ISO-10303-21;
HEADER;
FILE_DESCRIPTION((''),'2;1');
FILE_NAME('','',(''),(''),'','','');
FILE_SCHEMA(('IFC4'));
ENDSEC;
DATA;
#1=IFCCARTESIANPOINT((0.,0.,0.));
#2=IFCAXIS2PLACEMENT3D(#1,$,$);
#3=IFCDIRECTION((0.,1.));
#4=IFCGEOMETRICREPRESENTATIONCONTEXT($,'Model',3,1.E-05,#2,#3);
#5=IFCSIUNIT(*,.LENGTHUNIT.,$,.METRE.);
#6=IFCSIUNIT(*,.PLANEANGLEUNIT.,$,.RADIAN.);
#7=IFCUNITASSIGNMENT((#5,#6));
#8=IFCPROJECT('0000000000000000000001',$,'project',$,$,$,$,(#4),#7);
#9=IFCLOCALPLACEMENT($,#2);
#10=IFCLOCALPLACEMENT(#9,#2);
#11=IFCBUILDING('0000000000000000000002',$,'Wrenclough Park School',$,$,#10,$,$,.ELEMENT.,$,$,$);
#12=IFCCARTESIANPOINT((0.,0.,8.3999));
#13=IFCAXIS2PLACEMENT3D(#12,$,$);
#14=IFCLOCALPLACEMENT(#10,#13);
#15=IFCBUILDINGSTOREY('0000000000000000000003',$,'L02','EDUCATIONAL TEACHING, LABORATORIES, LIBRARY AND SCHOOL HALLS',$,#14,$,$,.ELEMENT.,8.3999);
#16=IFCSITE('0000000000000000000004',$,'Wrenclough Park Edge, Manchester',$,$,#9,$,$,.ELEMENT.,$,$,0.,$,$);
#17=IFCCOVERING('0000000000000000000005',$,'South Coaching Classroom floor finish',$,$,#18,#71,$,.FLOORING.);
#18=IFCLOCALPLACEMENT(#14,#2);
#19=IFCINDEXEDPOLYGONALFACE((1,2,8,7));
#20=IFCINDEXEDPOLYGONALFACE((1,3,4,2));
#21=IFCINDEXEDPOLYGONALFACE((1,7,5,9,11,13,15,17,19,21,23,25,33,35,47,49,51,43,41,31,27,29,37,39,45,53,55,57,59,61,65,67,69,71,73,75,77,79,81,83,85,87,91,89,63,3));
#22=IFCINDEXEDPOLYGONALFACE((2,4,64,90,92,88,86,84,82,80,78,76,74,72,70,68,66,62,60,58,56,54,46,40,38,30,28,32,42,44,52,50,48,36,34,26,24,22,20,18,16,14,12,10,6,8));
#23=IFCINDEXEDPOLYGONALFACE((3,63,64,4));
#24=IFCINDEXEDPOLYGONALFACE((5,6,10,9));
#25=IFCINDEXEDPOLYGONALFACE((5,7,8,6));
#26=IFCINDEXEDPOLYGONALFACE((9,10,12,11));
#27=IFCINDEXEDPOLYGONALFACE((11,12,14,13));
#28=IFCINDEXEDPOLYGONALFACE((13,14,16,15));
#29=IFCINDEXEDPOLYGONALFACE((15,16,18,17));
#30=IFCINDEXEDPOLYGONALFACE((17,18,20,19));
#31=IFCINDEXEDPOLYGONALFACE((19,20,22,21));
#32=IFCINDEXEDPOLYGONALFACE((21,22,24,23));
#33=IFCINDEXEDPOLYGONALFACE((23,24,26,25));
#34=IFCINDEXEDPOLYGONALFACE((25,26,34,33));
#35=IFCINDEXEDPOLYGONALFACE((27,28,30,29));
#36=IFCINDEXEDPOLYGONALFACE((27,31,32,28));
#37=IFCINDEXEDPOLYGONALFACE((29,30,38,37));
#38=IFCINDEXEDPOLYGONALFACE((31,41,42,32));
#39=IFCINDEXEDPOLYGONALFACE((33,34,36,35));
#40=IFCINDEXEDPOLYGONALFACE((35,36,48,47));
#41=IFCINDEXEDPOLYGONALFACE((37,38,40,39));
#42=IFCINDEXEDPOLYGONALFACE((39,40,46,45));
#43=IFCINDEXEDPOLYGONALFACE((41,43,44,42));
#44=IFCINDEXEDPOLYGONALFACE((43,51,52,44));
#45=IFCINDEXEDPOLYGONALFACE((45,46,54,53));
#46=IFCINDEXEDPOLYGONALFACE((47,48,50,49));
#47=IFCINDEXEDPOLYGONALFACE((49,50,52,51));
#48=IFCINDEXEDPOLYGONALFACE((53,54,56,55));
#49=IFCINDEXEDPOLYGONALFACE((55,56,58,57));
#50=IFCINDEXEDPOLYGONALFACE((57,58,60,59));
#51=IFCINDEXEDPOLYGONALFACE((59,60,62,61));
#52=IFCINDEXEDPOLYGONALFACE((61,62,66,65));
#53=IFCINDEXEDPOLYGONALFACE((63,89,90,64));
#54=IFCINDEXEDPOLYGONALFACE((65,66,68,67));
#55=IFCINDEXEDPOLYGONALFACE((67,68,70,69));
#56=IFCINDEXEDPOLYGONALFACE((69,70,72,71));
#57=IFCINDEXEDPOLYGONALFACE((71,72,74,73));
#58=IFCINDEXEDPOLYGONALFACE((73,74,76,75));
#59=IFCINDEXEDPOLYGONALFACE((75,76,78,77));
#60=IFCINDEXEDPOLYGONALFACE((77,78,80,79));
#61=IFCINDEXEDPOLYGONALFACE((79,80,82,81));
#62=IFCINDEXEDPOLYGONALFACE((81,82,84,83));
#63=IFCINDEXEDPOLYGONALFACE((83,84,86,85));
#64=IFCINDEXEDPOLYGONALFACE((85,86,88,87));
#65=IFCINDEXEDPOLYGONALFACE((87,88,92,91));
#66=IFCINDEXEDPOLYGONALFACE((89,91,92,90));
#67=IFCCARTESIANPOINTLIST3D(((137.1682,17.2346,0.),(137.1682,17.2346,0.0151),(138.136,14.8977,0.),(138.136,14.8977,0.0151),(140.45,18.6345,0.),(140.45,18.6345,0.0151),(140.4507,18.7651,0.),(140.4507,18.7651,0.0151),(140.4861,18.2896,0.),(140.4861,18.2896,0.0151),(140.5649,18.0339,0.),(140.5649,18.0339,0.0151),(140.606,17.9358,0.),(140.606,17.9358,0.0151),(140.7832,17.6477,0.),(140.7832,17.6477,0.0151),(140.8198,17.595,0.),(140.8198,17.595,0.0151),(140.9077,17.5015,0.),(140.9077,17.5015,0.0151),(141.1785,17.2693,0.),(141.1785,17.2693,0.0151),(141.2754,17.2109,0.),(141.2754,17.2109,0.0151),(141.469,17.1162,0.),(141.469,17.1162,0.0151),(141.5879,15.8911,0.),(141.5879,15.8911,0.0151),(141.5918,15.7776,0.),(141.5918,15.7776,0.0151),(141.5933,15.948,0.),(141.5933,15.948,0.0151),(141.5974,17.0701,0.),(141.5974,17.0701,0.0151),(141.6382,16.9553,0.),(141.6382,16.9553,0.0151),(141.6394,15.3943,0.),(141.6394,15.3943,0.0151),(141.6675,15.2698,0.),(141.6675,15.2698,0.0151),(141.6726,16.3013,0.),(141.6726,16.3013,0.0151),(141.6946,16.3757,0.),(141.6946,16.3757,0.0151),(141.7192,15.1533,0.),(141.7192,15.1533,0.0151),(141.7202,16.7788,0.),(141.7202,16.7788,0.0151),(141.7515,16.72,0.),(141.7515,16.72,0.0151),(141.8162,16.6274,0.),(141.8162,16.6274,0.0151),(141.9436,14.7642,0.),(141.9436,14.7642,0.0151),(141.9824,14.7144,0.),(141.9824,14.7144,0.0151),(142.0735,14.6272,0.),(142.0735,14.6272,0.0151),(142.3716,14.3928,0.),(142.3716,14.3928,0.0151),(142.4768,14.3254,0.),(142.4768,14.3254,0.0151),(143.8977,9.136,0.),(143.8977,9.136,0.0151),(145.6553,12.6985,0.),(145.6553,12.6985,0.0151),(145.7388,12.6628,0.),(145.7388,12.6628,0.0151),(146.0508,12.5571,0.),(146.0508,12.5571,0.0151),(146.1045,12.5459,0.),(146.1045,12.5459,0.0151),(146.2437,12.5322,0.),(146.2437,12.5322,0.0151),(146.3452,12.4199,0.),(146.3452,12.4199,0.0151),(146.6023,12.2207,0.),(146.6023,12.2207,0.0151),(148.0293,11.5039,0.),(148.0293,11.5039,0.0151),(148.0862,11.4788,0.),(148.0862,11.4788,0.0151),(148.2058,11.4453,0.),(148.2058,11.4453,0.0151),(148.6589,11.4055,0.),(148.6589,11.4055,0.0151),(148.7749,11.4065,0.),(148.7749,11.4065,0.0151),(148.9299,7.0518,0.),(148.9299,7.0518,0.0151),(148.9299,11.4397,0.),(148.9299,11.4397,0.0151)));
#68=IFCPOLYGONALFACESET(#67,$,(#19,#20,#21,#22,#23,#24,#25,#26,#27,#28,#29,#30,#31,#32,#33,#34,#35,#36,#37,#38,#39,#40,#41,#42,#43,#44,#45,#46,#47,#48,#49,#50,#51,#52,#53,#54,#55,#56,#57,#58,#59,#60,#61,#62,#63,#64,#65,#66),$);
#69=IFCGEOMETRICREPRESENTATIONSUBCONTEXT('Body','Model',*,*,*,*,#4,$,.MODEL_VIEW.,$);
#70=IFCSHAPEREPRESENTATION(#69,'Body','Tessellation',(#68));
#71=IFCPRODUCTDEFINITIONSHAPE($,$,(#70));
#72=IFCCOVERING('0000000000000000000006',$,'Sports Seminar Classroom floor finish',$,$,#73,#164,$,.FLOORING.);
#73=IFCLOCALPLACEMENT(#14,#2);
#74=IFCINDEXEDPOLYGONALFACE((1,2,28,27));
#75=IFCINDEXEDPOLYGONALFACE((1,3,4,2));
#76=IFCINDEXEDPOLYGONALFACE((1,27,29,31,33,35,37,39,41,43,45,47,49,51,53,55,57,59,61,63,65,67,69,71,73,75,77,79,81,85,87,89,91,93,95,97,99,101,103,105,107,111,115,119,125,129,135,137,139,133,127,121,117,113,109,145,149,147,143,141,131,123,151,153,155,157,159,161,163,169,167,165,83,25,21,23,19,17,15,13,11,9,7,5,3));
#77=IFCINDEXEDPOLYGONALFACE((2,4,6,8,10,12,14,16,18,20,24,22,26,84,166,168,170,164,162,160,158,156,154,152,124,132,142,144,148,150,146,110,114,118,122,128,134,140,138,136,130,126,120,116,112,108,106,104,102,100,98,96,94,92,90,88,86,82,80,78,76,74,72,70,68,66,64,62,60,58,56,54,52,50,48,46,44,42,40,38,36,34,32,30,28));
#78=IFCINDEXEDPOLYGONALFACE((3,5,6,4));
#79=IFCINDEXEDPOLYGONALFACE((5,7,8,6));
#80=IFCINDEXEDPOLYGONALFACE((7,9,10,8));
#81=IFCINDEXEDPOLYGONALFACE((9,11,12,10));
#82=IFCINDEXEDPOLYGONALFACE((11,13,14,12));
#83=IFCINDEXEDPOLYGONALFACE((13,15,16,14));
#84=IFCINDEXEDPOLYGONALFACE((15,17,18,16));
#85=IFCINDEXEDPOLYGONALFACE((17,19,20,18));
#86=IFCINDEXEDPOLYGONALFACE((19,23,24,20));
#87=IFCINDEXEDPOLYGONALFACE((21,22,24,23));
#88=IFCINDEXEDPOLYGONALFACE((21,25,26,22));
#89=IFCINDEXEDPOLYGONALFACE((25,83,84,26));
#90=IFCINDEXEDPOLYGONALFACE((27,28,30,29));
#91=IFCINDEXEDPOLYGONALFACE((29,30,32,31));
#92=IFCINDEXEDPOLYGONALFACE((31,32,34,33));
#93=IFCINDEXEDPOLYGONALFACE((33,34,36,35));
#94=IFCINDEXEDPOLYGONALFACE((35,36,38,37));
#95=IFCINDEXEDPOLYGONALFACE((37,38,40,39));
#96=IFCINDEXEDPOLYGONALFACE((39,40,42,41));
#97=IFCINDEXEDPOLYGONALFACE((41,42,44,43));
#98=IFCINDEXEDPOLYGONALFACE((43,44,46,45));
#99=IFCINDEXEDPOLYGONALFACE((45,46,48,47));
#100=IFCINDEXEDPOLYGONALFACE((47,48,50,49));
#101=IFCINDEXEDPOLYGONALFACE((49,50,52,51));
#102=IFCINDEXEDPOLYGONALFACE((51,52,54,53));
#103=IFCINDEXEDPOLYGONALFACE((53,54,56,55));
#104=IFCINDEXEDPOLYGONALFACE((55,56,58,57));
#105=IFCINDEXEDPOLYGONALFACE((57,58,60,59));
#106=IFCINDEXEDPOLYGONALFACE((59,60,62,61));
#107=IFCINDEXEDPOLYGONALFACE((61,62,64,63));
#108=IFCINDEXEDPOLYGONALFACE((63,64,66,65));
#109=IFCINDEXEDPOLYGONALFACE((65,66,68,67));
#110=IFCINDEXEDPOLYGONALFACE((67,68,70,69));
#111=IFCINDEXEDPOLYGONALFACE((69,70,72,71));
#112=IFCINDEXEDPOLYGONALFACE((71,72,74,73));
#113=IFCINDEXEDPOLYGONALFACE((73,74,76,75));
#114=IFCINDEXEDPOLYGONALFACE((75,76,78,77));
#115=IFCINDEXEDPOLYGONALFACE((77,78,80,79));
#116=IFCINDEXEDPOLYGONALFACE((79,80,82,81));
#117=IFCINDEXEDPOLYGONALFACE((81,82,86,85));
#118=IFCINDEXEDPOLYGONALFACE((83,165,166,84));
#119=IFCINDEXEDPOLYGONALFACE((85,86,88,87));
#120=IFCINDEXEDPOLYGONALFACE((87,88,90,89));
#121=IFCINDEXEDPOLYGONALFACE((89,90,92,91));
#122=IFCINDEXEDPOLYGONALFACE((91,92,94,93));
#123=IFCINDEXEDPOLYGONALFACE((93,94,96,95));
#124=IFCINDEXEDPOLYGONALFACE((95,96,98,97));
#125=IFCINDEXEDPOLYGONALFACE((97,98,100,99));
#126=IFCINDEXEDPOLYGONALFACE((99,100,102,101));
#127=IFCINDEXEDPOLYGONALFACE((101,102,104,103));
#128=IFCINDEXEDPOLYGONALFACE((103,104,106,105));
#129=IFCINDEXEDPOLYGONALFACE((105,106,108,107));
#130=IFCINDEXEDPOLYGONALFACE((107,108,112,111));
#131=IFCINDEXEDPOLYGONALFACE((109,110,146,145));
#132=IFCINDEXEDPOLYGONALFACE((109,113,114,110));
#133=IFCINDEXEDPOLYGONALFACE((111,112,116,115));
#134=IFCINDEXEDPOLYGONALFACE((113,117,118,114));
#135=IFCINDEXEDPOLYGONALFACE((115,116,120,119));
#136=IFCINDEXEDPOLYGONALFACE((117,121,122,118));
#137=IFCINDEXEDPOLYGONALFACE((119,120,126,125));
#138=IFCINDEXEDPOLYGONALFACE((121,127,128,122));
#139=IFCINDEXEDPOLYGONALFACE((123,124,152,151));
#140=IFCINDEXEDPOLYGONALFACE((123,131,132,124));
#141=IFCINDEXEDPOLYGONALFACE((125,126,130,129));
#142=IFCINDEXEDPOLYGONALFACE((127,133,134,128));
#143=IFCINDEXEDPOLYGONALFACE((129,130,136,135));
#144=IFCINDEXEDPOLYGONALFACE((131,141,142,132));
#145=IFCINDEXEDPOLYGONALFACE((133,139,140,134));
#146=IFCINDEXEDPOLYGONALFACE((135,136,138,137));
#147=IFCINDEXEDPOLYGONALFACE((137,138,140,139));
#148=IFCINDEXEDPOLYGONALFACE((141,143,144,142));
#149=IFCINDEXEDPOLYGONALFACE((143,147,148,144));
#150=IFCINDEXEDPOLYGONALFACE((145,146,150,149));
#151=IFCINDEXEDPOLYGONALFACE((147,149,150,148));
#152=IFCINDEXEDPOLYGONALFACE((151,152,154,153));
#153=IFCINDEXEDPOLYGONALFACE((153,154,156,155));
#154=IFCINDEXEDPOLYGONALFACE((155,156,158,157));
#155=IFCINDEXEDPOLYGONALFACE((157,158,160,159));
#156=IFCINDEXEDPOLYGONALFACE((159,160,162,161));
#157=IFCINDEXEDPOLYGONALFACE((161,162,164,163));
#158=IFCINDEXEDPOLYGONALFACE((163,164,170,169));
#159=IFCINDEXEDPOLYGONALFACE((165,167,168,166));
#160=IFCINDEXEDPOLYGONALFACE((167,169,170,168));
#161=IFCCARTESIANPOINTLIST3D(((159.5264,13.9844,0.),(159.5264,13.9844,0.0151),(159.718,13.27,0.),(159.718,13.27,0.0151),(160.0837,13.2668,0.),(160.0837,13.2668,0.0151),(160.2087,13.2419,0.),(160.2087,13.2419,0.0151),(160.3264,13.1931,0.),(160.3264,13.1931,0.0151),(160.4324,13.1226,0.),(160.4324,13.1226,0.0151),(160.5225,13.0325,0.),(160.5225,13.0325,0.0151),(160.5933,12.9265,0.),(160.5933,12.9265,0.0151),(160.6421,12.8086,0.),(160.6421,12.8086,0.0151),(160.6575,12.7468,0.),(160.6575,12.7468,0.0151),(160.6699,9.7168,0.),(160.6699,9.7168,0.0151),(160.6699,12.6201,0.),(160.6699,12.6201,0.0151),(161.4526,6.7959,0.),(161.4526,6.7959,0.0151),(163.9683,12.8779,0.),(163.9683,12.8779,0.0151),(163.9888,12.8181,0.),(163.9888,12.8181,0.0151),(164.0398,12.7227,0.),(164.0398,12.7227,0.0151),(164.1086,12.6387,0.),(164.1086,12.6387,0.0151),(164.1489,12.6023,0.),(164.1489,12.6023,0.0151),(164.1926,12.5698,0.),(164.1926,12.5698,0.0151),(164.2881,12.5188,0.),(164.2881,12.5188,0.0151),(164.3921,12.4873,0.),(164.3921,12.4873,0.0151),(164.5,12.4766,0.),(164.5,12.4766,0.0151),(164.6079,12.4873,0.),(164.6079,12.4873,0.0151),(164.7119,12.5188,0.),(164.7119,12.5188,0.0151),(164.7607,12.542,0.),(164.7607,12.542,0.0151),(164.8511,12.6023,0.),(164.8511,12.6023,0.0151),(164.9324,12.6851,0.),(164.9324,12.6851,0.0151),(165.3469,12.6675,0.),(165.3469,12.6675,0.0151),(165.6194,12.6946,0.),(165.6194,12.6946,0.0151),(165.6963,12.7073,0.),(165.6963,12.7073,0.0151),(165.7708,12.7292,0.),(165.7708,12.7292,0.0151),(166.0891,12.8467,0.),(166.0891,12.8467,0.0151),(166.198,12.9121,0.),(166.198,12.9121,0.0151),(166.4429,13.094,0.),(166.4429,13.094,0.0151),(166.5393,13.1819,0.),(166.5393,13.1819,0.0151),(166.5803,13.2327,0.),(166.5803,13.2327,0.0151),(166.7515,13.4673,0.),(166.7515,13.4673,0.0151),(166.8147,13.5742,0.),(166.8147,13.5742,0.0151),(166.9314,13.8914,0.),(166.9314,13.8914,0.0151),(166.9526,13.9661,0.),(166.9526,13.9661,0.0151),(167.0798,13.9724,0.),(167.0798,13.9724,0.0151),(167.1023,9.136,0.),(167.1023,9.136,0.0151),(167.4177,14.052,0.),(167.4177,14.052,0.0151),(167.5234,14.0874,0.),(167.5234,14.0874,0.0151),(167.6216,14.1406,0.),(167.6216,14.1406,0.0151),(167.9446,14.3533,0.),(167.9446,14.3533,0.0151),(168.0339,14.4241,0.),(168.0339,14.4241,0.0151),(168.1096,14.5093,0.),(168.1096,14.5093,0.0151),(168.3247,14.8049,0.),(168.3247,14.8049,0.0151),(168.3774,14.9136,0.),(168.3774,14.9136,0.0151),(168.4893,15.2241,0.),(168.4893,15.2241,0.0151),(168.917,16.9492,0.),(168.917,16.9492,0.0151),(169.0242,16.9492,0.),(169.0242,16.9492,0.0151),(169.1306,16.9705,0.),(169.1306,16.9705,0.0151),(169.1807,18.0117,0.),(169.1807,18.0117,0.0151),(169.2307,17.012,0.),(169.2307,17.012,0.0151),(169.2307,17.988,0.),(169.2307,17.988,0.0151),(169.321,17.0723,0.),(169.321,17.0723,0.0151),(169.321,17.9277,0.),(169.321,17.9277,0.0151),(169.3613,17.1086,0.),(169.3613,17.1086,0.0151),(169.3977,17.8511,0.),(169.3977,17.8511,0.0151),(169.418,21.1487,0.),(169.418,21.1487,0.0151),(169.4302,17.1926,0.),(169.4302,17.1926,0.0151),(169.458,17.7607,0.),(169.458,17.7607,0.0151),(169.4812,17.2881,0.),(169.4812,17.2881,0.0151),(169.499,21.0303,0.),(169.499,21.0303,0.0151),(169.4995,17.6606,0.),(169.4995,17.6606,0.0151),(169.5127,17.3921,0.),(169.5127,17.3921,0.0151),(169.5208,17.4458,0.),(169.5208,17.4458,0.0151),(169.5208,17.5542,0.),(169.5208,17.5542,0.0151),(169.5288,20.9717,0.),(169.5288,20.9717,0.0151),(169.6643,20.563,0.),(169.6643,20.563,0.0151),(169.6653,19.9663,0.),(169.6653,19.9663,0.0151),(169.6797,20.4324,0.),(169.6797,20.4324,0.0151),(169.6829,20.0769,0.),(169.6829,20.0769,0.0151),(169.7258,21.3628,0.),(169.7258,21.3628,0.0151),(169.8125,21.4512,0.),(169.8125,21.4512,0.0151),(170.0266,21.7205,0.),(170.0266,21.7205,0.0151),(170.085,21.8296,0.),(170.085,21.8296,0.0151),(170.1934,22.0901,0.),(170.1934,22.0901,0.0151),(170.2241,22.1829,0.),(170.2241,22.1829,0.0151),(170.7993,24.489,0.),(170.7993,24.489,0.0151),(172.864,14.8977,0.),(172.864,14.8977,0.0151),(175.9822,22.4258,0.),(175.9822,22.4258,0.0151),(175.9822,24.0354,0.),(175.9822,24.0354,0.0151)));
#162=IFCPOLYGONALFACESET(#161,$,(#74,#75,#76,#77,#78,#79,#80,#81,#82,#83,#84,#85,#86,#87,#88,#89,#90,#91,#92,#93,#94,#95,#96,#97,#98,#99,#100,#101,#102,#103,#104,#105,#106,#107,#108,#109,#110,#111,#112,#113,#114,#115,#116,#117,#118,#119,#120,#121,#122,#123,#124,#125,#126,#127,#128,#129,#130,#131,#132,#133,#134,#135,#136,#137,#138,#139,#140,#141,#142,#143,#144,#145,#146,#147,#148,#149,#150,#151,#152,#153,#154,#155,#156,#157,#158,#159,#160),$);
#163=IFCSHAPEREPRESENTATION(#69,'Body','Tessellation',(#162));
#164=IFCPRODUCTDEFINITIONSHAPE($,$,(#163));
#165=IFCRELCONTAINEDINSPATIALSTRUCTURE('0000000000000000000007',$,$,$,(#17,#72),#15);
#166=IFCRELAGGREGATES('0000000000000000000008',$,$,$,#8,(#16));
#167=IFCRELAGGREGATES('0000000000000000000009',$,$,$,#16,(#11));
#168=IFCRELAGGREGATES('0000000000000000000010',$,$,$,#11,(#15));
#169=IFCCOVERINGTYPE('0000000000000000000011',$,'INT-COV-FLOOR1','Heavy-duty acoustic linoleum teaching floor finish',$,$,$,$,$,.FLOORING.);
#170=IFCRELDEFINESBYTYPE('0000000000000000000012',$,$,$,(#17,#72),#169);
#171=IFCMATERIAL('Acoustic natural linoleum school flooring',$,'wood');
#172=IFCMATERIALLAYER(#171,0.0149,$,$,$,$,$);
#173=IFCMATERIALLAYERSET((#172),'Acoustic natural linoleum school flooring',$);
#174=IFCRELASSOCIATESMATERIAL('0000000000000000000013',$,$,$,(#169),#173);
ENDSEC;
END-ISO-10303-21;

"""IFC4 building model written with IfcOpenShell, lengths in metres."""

from ifc_helpers import new_model, si_unit, direction, frame, origin, place, context, subcontext, project, spatial, polyline, outline, extrude, material, layer, layer_set, type_object, element, save


model = new_model("IFC4")

# Units and contexts
model_context = context("Model", 3, precision=1e-05, world=origin(), true_north=direction((0.0, 1.0)))
body_context = subcontext(model_context, "Body", "Model", "MODEL_VIEW")
ifc_project = project(units=[si_unit("LENGTHUNIT", "METRE"), si_unit("PLANEANGLEUNIT", "RADIAN")], contexts=[model_context])

# Site, building, storey
site_placement = place(None, origin())
site = spatial("IfcSite", under=ifc_project, at=site_placement, Name="Wrenclough Park Edge, Manchester", CompositionType="ELEMENT", RefElevation=0.0)
building_placement = place(site_placement, origin())
building = spatial("IfcBuilding", under=site, at=building_placement, Name="Wrenclough Park School", CompositionType="ELEMENT")
storey_placement = place(building_placement, frame((0.0, 0.0, 8.3999)))
storey = spatial("IfcBuildingStorey", under=building, at=storey_placement, Name="L02", Description="EDUCATIONAL TEACHING, LABORATORIES, LIBRARY AND SCHOOL HALLS", CompositionType="ELEMENT", Elevation=8.3999)

# Coverings
ifc_material_1 = material(Name="Acoustic natural linoleum school flooring", Category="wood")
ifc_layer_1 = layer(ifc_material_1, 0.0149)
ifc_layer_set_1 = layer_set([ifc_layer_1], Name="Acoustic natural linoleum school flooring")
covering_type_1 = type_object("IfcCoveringType", Name="INT-COV-FLOOR1", Description="Heavy-duty acoustic linoleum teaching floor finish", PredefinedType="FLOORING", material=ifc_layer_set_1)
covering_1_placement = place(storey_placement, origin())
element("IfcCovering", 1, at=covering_1_placement, inside=storey, type_object=covering_type_1, Name="South Coaching Classroom floor finish", PredefinedType="FLOORING", context=body_context, shape_type="SweptSolid", body=[
    extrude(outline(polyline([(140.45, 18.6345), (140.4507, 18.7651), (137.1682, 17.2346), (138.136, 14.8977), (143.8977, 9.136), (148.9299, 7.0518), (148.9299, 11.4397), (148.7749, 11.4065), (148.6589, 11.4055), (148.2058, 11.4453), (148.0862, 11.4788), (148.0293, 11.5039), (146.6023, 12.2207), (146.3452, 12.4199), (146.2437, 12.5322), (146.1045, 12.5459), (146.0508, 12.5571), (145.7388, 12.6628), (145.6553, 12.6985), (142.4768, 14.3254), (142.3716, 14.3928), (142.0735, 14.6272), (141.9824, 14.7144), (141.9436, 14.7642), (141.7192, 15.1533), (141.6675, 15.2698), (141.6394, 15.3943), (141.5918, 15.7776), (141.5879, 15.8911), (141.5933, 15.948), (141.6726, 16.3013), (141.6946, 16.3757), (141.8162, 16.6274), (141.7515, 16.72), (141.7202, 16.7788), (141.6382, 16.9553), (141.5974, 17.0701), (141.469, 17.1162), (141.2754, 17.2109), (141.1785, 17.2693), (140.9077, 17.5015), (140.8198, 17.595), (140.7832, 17.6477), (140.606, 17.9358), (140.5649, 18.0339), (140.4861, 18.2896), (140.45, 18.6345)])), origin(), (0.0, 0.0, 1.0), 0.0151),
])
covering_2_placement = place(storey_placement, origin())
element("IfcCovering", 2, at=covering_2_placement, inside=storey, type_object=covering_type_1, Name="Sports Seminar Classroom floor finish", PredefinedType="FLOORING", context=body_context, shape_type="SweptSolid", body=[
    extrude(outline(polyline([(163.9683, 12.8779), (159.5264, 13.9844), (159.718, 13.27), (160.0837, 13.2668), (160.2087, 13.2419), (160.3264, 13.1931), (160.4324, 13.1226), (160.5225, 13.0325), (160.5933, 12.9265), (160.6421, 12.8086), (160.6575, 12.7468), (160.6699, 12.6201), (160.6699, 9.7168), (161.4526, 6.7959), (167.1023, 9.136), (172.864, 14.8977), (175.9822, 22.4258), (175.9822, 24.0354), (170.7993, 24.489), (170.2241, 22.1829), (170.1934, 22.0901), (170.085, 21.8296), (170.0266, 21.7205), (169.8125, 21.4512), (169.7258, 21.3628), (169.418, 21.1487), (169.499, 21.0303), (169.5288, 20.9717), (169.6643, 20.563), (169.6797, 20.4324), (169.6829, 20.0769), (169.6653, 19.9663), (169.1807, 18.0117), (169.2307, 17.988), (169.321, 17.9277), (169.3977, 17.8511), (169.458, 17.7607), (169.4995, 17.6606), (169.5208, 17.5542), (169.5208, 17.4458), (169.5127, 17.3921), (169.4812, 17.2881), (169.4302, 17.1926), (169.3613, 17.1086), (169.321, 17.0723), (169.2307, 17.012), (169.1306, 16.9705), (169.0242, 16.9492), (168.917, 16.9492), (168.4893, 15.2241), (168.3774, 14.9136), (168.3247, 14.8049), (168.1096, 14.5093), (168.0339, 14.4241), (167.9446, 14.3533), (167.6216, 14.1406), (167.5234, 14.0874), (167.4177, 14.052), (167.0798, 13.9724), (166.9526, 13.9661), (166.9314, 13.8914), (166.8147, 13.5742), (166.7515, 13.4673), (166.5803, 13.2327), (166.5393, 13.1819), (166.4429, 13.094), (166.198, 12.9121), (166.0891, 12.8467), (165.7708, 12.7292), (165.6963, 12.7073), (165.6194, 12.6946), (165.3469, 12.6675), (164.9324, 12.6851), (164.8511, 12.6023), (164.7607, 12.542), (164.7119, 12.5188), (164.6079, 12.4873), (164.5, 12.4766), (164.3921, 12.4873), (164.2881, 12.5188), (164.1926, 12.5698), (164.1489, 12.6023), (164.1086, 12.6387), (164.0398, 12.7227), (163.9888, 12.8181), (163.9683, 12.8779)])), origin(), (0.0, 0.0, 1.0), 0.0151),
])

save(model, "model.ifc")
